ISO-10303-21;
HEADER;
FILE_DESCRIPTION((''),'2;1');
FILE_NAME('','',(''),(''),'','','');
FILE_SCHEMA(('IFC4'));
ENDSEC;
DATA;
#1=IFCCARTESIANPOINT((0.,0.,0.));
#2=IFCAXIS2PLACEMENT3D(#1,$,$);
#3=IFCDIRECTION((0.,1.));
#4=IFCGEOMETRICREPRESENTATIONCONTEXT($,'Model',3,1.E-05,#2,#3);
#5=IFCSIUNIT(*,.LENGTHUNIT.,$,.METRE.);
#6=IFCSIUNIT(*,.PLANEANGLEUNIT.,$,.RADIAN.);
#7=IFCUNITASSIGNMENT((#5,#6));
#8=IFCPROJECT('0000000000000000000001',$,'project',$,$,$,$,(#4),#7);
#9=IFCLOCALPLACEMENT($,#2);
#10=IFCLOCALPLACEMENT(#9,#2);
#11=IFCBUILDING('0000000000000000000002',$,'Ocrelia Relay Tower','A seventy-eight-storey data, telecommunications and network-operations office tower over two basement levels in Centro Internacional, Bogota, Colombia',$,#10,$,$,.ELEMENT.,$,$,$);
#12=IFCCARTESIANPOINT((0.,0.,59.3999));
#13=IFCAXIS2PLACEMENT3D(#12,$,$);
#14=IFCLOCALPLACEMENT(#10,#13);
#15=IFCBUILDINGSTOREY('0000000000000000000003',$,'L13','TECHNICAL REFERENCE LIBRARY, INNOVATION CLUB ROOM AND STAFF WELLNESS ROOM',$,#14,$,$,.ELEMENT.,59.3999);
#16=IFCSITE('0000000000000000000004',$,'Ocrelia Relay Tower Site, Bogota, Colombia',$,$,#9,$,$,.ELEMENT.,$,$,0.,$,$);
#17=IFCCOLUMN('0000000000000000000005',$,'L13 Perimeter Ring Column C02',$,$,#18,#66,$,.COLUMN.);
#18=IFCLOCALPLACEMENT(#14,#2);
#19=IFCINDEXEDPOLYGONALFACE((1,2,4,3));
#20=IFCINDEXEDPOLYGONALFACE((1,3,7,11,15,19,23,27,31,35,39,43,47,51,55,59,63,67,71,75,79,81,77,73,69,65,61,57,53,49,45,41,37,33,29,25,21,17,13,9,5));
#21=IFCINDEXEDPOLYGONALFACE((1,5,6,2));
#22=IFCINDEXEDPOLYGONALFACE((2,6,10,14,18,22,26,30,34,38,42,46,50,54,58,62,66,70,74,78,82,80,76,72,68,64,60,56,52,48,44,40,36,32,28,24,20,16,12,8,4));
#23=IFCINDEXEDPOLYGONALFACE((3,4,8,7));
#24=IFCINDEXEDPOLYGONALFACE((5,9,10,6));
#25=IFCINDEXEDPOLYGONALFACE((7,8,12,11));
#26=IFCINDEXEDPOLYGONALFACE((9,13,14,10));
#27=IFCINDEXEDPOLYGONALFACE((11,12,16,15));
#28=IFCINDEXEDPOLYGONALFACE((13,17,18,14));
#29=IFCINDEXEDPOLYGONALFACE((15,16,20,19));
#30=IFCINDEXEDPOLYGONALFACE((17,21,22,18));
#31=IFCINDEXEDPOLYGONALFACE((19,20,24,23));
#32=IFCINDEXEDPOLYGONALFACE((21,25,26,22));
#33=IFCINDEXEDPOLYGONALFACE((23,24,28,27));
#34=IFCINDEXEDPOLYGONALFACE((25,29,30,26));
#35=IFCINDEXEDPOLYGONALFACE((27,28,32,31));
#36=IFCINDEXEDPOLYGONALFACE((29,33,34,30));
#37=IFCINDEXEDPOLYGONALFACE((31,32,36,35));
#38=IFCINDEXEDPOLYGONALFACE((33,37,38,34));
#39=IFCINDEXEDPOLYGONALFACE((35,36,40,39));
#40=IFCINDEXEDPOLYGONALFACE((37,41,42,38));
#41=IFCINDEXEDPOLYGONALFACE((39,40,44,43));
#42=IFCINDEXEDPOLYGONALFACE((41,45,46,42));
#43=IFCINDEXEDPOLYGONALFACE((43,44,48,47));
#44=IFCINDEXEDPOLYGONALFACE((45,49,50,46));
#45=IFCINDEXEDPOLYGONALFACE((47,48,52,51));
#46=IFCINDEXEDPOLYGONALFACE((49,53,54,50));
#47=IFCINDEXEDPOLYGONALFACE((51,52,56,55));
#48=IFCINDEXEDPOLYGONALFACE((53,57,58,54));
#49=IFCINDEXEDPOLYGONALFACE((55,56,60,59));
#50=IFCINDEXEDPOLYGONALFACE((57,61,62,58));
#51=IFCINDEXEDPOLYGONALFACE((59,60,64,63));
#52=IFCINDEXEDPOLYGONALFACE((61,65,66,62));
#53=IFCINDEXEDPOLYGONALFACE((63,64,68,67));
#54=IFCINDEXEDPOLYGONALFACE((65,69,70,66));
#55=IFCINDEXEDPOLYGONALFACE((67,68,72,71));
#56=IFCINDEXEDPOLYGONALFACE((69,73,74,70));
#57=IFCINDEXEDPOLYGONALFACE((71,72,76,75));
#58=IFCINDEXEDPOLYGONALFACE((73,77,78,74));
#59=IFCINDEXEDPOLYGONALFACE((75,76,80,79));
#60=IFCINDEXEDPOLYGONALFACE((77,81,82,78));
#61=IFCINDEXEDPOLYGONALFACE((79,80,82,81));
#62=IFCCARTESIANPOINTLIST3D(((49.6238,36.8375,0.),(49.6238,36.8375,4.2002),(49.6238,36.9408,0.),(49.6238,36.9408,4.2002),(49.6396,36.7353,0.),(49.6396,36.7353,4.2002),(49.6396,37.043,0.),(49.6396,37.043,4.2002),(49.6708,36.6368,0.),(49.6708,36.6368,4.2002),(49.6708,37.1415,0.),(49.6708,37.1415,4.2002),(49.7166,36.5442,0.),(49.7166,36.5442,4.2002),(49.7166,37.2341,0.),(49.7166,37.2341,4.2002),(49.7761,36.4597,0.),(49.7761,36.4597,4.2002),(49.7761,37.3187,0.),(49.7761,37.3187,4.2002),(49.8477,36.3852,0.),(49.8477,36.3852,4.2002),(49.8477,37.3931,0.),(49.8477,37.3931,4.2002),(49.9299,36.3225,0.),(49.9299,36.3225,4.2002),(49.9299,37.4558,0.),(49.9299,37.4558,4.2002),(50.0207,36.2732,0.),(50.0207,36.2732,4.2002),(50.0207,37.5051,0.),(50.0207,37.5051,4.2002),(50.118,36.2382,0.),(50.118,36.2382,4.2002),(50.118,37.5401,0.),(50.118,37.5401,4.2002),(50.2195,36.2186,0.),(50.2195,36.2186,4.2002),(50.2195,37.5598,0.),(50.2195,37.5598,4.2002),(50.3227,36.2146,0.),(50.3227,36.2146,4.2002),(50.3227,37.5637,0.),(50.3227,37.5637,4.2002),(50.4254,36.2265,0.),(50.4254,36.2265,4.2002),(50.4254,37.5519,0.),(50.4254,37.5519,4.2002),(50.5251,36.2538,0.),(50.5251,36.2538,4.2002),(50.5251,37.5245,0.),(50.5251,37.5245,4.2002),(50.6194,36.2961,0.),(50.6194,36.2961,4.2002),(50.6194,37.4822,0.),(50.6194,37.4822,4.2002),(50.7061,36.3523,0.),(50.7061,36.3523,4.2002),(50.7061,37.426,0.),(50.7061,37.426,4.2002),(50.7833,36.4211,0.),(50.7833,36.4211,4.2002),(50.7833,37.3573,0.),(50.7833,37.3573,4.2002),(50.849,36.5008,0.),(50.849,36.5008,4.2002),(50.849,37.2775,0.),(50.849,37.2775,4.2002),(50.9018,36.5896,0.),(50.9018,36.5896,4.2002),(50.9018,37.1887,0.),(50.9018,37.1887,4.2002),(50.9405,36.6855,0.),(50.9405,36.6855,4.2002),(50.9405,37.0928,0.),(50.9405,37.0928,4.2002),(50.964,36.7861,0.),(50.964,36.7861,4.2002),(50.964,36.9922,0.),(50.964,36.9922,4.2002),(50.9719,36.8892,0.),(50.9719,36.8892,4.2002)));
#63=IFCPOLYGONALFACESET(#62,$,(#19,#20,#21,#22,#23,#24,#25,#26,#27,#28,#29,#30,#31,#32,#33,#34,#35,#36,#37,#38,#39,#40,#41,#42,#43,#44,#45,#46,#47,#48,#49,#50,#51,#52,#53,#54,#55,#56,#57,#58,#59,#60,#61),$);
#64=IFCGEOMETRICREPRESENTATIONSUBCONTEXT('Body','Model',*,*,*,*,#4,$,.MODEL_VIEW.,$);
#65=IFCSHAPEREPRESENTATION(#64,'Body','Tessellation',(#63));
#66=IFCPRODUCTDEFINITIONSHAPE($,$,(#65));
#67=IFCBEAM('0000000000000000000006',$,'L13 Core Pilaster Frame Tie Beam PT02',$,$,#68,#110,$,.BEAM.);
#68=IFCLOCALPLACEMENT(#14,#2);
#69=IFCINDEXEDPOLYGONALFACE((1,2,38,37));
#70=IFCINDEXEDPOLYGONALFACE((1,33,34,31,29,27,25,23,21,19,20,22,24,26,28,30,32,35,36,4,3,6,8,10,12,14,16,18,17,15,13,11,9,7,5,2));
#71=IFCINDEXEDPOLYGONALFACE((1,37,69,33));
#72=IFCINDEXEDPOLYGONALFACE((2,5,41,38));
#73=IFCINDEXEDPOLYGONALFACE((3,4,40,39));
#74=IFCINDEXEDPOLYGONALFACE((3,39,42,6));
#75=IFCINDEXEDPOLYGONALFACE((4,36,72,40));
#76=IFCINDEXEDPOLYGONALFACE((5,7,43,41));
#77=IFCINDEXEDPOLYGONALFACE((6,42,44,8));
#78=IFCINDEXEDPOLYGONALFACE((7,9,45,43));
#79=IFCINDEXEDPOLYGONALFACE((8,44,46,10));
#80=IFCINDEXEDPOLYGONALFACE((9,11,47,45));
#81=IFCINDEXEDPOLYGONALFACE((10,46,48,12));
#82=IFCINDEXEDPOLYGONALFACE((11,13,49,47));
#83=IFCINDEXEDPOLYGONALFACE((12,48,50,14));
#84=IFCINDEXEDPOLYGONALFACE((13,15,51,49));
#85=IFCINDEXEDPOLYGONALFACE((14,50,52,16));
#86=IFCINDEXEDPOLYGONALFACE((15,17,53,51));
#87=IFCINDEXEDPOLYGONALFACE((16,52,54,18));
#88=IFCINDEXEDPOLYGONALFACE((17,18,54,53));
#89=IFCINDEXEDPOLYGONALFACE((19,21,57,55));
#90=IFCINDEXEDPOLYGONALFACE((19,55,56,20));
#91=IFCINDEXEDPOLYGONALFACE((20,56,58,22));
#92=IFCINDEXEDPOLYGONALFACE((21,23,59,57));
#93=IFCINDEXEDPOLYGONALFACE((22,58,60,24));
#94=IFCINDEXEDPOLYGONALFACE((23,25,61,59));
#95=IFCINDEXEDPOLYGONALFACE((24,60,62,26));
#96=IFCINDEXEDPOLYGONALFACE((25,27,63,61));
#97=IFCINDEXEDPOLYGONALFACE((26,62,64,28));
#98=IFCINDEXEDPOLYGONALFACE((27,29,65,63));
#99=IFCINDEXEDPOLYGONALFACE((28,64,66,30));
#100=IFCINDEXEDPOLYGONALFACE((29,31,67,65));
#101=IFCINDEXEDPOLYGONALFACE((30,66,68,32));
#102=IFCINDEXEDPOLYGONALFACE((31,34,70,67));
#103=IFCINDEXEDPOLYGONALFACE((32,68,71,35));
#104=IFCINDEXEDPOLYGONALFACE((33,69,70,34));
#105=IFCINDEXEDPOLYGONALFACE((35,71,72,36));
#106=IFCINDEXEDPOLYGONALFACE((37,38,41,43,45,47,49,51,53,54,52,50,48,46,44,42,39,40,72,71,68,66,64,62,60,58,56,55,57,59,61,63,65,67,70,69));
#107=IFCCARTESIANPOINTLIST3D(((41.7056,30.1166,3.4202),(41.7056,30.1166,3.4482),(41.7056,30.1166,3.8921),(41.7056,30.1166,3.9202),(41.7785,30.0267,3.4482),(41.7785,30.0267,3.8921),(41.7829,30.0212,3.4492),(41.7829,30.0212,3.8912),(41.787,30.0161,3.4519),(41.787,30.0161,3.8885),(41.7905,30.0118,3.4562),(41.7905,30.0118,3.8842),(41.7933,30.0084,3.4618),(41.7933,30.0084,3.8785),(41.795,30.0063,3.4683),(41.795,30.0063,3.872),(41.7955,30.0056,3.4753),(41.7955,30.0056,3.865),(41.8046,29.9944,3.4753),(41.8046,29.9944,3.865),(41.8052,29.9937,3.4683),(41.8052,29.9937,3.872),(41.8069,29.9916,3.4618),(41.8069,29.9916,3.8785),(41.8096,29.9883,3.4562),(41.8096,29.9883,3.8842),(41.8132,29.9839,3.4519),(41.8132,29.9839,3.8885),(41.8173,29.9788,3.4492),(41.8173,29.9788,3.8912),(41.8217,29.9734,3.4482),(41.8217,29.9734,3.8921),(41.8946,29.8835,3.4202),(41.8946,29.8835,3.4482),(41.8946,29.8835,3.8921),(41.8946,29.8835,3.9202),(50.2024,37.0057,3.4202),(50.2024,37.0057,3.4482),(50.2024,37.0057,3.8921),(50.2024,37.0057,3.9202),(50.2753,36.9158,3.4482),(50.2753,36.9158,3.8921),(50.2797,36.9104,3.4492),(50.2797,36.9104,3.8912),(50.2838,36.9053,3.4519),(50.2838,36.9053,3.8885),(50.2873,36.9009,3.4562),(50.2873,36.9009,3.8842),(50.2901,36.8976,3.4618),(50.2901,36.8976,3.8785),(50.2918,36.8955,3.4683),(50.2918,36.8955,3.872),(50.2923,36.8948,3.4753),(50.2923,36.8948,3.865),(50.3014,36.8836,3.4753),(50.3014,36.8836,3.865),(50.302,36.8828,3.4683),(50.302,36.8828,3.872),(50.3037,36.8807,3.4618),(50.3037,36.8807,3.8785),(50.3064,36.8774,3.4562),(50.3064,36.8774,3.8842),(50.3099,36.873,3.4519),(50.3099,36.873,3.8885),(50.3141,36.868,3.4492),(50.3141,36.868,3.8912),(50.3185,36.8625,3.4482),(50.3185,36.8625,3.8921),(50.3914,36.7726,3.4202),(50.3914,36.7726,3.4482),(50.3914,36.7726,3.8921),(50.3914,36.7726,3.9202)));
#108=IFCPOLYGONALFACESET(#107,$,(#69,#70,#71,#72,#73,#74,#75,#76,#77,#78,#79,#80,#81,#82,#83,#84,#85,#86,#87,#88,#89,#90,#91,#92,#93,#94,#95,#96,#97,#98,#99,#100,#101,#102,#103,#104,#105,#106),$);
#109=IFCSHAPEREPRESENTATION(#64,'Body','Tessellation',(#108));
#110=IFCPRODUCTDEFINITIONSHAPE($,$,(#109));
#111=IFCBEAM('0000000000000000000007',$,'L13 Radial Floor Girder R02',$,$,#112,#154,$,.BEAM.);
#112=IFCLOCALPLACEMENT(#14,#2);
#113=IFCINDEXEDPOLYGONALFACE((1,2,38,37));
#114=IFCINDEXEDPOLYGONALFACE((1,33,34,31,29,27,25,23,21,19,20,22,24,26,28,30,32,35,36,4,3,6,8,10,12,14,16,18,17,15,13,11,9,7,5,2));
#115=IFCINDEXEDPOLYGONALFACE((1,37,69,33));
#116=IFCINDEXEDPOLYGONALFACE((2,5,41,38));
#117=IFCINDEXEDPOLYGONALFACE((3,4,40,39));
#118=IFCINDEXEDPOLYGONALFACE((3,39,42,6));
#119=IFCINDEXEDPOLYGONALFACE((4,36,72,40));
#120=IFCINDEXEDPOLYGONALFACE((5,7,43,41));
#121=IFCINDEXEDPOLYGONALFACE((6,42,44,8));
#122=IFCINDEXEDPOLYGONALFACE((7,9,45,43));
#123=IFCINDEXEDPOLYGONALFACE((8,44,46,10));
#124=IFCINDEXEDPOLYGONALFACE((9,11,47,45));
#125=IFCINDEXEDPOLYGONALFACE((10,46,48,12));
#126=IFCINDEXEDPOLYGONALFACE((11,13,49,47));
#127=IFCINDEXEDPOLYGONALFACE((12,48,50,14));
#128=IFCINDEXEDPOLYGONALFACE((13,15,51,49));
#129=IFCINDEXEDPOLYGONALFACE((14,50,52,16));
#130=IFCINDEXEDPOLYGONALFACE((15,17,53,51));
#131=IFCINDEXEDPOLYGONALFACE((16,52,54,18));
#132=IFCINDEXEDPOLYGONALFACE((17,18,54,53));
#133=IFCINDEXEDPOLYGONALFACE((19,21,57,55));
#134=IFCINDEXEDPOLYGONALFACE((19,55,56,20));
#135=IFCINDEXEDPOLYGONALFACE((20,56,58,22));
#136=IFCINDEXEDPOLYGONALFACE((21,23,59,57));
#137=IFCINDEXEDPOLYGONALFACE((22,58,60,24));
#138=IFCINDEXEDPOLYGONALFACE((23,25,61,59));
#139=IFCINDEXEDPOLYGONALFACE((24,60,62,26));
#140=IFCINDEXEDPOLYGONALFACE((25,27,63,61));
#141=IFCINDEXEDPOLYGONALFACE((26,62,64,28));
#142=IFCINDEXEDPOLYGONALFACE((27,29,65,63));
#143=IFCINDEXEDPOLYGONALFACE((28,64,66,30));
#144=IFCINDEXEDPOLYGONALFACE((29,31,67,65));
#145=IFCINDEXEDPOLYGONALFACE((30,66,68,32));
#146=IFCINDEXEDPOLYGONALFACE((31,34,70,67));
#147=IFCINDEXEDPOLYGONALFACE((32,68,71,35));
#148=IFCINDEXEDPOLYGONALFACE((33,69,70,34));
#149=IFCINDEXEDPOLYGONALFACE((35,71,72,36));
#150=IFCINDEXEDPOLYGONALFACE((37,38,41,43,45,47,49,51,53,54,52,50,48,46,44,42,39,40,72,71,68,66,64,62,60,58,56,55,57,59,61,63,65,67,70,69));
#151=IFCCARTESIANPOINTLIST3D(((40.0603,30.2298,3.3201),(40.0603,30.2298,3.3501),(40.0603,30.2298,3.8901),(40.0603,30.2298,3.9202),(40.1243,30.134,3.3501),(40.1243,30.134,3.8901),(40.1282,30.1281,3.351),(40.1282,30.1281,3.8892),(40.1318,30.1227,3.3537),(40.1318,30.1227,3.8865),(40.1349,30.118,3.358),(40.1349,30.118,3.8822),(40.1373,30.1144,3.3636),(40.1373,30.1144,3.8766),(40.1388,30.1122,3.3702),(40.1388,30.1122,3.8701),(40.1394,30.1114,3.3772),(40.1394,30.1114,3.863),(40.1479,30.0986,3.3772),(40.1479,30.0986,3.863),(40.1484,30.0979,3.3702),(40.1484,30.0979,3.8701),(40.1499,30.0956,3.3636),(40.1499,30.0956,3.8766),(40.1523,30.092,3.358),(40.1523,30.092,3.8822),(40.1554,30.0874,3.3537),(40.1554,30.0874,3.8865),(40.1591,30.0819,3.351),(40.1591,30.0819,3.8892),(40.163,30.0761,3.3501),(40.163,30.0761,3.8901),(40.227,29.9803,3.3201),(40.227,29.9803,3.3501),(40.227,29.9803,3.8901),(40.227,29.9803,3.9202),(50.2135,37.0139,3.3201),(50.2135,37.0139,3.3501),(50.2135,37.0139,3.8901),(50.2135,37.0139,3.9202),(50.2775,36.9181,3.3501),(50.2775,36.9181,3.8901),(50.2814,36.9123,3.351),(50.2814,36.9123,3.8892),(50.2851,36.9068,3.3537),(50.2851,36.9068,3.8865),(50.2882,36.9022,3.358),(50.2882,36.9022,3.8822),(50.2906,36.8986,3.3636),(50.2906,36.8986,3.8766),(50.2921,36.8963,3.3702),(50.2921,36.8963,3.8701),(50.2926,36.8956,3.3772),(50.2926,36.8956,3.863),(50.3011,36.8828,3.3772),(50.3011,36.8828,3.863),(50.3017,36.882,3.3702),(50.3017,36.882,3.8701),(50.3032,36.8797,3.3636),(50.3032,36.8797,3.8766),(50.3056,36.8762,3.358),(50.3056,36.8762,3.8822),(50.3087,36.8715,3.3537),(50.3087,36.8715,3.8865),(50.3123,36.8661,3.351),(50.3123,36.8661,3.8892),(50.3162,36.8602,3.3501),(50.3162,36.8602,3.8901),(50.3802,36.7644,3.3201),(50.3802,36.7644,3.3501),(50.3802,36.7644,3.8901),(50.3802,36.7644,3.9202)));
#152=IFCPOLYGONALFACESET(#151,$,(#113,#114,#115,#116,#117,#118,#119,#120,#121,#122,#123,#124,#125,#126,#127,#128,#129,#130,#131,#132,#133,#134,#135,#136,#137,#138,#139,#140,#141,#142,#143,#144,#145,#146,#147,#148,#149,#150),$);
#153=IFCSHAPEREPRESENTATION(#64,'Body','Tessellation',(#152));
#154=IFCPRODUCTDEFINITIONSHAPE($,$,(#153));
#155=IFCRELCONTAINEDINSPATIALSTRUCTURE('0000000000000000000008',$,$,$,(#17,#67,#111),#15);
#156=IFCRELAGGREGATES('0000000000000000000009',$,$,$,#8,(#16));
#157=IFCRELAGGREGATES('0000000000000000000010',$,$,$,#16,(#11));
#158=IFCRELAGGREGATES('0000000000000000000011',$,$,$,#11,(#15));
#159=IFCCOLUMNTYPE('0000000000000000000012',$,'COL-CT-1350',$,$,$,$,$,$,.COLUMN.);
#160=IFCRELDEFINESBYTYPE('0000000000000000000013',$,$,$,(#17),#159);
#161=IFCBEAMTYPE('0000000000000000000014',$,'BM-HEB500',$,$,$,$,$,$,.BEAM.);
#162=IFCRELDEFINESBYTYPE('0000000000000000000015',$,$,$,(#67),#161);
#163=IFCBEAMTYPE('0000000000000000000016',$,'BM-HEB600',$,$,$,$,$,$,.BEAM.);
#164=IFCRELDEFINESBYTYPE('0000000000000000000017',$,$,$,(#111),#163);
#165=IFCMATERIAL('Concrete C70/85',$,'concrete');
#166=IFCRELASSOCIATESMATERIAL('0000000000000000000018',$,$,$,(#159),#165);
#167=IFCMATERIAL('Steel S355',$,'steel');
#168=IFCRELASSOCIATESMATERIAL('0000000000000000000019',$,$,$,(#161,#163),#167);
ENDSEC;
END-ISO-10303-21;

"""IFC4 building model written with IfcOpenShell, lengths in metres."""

from ifc_helpers import new_model, si_unit, direction, frame, origin, origin_2d, place, context, subcontext, project, spatial, circle, i_section, extrude, material, material_profile, profile_set, type_object, element, save


model = new_model("IFC4")

# Units and contexts
model_context = context("Model", 3, precision=1e-05, world=origin(), true_north=direction((0.0, 1.0)))
body_context = subcontext(model_context, "Body", "Model", "MODEL_VIEW")
ifc_project = project(units=[si_unit("LENGTHUNIT", "METRE"), si_unit("PLANEANGLEUNIT", "RADIAN")], contexts=[model_context])

# Site, building, storey
site_placement = place(None, origin())
site = spatial("IfcSite", under=ifc_project, at=site_placement, Name="Ocrelia Relay Tower Site, Bogota, Colombia", CompositionType="ELEMENT", RefElevation=0.0)
building_placement = place(site_placement, origin())
building = spatial("IfcBuilding", under=site, at=building_placement, Name="Ocrelia Relay Tower", Description="A seventy-eight-storey data, telecommunications and network-operations office tower over two basement levels in Centro Internacional, Bogota, Colombia", CompositionType="ELEMENT")
storey_placement = place(building_placement, frame((0.0, 0.0, 59.3999)))
storey = spatial("IfcBuildingStorey", under=building, at=storey_placement, Name="L13", Description="TECHNICAL REFERENCE LIBRARY, INNOVATION CLUB ROOM AND STAFF WELLNESS ROOM", CompositionType="ELEMENT", Elevation=59.3999)

# Column
ifc_material_1 = material(Name="Concrete C70/85", Category="concrete")
ifc_material_profile_1 = material_profile(ifc_material_1, circle(Radius=0.675, at=origin_2d()), Name="RC-CIR-1350")
ifc_profile_set_1 = profile_set([ifc_material_profile_1], Name="Concrete C70/85")
column_type = type_object("IfcColumnType", Name="COL-CT-1350", PredefinedType="COLUMN", material=ifc_profile_set_1)
column_placement = place(storey_placement, frame((50.2969, 36.8892, 0.0), z_axis=(0.0, 0.0, 1.0), x_axis=(1.0, 0.0, 0.0)))
element("IfcColumn", 1, at=column_placement, inside=storey, type_object=column_type, Name="L13 Perimeter Ring Column C02", PredefinedType="COLUMN", context=body_context, shape_type="SweptSolid", body=[
    extrude(circle(Radius=0.675, at=origin_2d()), origin(), (0.0, 0.0, 1.0), 4.2002),
])

# Beams
ifc_material_2 = material(Name="Steel S355", Category="steel")
ifc_material_profile_2 = material_profile(ifc_material_2, i_section(OverallWidth=0.3, OverallDepth=0.5, WebThickness=0.0144, FlangeThickness=0.0281, FilletRadius=0.0271, at=origin_2d()), Name="HEB 500")
ifc_profile_set_2 = profile_set([ifc_material_profile_2], Name="Steel S355")
beam_type_1 = type_object("IfcBeamType", Name="BM-HEB500", PredefinedType="BEAM", material=ifc_profile_set_2)
beam_1_placement = place(storey_placement, frame((50.2969, 36.8892, 3.6702), z_axis=(-0.776763, -0.629793, 0.0), x_axis=(0.629793, -0.776763, 0.0)))
element("IfcBeam", 2, at=beam_1_placement, inside=storey, type_object=beam_type_1, Name="L13 Core Pilaster Frame Tie Beam PT02", PredefinedType="BEAM", context=body_context, shape_type="SweptSolid", body=[
    extrude(i_section(OverallWidth=0.3, OverallDepth=0.5, WebThickness=0.0144, FlangeThickness=0.0281, FilletRadius=0.0271, at=origin_2d()), origin(), (0.0, 0.0, 1.0), 10.9387),
])
ifc_material_profile_3 = material_profile(ifc_material_2, i_section(OverallWidth=0.3, OverallDepth=0.6001, WebThickness=0.0154, FlangeThickness=0.03, FilletRadius=0.0271, at=origin_2d()), Name="HEB 600")
ifc_profile_set_3 = profile_set([ifc_material_profile_3], Name="Steel S355")
beam_type_2 = type_object("IfcBeamType", Name="BM-HEB600", PredefinedType="BEAM", material=ifc_profile_set_3)
beam_2_placement = place(storey_placement, frame((50.2969, 36.8892, 3.6201), z_axis=(-0.831472, -0.555567, 0.0), x_axis=(0.555567, -0.831472, 0.0)))
element("IfcBeam", 3, at=beam_2_placement, inside=storey, type_object=beam_type_2, Name="L13 Radial Floor Girder R02", PredefinedType="BEAM", context=body_context, shape_type="SweptSolid", body=[
    extrude(i_section(OverallWidth=0.3, OverallDepth=0.6001, WebThickness=0.0154, FlangeThickness=0.03, FilletRadius=0.0271, at=origin_2d()), origin(), (0.0, 0.0, 1.0), 12.2112),
])

save(model, "model.ifc")
